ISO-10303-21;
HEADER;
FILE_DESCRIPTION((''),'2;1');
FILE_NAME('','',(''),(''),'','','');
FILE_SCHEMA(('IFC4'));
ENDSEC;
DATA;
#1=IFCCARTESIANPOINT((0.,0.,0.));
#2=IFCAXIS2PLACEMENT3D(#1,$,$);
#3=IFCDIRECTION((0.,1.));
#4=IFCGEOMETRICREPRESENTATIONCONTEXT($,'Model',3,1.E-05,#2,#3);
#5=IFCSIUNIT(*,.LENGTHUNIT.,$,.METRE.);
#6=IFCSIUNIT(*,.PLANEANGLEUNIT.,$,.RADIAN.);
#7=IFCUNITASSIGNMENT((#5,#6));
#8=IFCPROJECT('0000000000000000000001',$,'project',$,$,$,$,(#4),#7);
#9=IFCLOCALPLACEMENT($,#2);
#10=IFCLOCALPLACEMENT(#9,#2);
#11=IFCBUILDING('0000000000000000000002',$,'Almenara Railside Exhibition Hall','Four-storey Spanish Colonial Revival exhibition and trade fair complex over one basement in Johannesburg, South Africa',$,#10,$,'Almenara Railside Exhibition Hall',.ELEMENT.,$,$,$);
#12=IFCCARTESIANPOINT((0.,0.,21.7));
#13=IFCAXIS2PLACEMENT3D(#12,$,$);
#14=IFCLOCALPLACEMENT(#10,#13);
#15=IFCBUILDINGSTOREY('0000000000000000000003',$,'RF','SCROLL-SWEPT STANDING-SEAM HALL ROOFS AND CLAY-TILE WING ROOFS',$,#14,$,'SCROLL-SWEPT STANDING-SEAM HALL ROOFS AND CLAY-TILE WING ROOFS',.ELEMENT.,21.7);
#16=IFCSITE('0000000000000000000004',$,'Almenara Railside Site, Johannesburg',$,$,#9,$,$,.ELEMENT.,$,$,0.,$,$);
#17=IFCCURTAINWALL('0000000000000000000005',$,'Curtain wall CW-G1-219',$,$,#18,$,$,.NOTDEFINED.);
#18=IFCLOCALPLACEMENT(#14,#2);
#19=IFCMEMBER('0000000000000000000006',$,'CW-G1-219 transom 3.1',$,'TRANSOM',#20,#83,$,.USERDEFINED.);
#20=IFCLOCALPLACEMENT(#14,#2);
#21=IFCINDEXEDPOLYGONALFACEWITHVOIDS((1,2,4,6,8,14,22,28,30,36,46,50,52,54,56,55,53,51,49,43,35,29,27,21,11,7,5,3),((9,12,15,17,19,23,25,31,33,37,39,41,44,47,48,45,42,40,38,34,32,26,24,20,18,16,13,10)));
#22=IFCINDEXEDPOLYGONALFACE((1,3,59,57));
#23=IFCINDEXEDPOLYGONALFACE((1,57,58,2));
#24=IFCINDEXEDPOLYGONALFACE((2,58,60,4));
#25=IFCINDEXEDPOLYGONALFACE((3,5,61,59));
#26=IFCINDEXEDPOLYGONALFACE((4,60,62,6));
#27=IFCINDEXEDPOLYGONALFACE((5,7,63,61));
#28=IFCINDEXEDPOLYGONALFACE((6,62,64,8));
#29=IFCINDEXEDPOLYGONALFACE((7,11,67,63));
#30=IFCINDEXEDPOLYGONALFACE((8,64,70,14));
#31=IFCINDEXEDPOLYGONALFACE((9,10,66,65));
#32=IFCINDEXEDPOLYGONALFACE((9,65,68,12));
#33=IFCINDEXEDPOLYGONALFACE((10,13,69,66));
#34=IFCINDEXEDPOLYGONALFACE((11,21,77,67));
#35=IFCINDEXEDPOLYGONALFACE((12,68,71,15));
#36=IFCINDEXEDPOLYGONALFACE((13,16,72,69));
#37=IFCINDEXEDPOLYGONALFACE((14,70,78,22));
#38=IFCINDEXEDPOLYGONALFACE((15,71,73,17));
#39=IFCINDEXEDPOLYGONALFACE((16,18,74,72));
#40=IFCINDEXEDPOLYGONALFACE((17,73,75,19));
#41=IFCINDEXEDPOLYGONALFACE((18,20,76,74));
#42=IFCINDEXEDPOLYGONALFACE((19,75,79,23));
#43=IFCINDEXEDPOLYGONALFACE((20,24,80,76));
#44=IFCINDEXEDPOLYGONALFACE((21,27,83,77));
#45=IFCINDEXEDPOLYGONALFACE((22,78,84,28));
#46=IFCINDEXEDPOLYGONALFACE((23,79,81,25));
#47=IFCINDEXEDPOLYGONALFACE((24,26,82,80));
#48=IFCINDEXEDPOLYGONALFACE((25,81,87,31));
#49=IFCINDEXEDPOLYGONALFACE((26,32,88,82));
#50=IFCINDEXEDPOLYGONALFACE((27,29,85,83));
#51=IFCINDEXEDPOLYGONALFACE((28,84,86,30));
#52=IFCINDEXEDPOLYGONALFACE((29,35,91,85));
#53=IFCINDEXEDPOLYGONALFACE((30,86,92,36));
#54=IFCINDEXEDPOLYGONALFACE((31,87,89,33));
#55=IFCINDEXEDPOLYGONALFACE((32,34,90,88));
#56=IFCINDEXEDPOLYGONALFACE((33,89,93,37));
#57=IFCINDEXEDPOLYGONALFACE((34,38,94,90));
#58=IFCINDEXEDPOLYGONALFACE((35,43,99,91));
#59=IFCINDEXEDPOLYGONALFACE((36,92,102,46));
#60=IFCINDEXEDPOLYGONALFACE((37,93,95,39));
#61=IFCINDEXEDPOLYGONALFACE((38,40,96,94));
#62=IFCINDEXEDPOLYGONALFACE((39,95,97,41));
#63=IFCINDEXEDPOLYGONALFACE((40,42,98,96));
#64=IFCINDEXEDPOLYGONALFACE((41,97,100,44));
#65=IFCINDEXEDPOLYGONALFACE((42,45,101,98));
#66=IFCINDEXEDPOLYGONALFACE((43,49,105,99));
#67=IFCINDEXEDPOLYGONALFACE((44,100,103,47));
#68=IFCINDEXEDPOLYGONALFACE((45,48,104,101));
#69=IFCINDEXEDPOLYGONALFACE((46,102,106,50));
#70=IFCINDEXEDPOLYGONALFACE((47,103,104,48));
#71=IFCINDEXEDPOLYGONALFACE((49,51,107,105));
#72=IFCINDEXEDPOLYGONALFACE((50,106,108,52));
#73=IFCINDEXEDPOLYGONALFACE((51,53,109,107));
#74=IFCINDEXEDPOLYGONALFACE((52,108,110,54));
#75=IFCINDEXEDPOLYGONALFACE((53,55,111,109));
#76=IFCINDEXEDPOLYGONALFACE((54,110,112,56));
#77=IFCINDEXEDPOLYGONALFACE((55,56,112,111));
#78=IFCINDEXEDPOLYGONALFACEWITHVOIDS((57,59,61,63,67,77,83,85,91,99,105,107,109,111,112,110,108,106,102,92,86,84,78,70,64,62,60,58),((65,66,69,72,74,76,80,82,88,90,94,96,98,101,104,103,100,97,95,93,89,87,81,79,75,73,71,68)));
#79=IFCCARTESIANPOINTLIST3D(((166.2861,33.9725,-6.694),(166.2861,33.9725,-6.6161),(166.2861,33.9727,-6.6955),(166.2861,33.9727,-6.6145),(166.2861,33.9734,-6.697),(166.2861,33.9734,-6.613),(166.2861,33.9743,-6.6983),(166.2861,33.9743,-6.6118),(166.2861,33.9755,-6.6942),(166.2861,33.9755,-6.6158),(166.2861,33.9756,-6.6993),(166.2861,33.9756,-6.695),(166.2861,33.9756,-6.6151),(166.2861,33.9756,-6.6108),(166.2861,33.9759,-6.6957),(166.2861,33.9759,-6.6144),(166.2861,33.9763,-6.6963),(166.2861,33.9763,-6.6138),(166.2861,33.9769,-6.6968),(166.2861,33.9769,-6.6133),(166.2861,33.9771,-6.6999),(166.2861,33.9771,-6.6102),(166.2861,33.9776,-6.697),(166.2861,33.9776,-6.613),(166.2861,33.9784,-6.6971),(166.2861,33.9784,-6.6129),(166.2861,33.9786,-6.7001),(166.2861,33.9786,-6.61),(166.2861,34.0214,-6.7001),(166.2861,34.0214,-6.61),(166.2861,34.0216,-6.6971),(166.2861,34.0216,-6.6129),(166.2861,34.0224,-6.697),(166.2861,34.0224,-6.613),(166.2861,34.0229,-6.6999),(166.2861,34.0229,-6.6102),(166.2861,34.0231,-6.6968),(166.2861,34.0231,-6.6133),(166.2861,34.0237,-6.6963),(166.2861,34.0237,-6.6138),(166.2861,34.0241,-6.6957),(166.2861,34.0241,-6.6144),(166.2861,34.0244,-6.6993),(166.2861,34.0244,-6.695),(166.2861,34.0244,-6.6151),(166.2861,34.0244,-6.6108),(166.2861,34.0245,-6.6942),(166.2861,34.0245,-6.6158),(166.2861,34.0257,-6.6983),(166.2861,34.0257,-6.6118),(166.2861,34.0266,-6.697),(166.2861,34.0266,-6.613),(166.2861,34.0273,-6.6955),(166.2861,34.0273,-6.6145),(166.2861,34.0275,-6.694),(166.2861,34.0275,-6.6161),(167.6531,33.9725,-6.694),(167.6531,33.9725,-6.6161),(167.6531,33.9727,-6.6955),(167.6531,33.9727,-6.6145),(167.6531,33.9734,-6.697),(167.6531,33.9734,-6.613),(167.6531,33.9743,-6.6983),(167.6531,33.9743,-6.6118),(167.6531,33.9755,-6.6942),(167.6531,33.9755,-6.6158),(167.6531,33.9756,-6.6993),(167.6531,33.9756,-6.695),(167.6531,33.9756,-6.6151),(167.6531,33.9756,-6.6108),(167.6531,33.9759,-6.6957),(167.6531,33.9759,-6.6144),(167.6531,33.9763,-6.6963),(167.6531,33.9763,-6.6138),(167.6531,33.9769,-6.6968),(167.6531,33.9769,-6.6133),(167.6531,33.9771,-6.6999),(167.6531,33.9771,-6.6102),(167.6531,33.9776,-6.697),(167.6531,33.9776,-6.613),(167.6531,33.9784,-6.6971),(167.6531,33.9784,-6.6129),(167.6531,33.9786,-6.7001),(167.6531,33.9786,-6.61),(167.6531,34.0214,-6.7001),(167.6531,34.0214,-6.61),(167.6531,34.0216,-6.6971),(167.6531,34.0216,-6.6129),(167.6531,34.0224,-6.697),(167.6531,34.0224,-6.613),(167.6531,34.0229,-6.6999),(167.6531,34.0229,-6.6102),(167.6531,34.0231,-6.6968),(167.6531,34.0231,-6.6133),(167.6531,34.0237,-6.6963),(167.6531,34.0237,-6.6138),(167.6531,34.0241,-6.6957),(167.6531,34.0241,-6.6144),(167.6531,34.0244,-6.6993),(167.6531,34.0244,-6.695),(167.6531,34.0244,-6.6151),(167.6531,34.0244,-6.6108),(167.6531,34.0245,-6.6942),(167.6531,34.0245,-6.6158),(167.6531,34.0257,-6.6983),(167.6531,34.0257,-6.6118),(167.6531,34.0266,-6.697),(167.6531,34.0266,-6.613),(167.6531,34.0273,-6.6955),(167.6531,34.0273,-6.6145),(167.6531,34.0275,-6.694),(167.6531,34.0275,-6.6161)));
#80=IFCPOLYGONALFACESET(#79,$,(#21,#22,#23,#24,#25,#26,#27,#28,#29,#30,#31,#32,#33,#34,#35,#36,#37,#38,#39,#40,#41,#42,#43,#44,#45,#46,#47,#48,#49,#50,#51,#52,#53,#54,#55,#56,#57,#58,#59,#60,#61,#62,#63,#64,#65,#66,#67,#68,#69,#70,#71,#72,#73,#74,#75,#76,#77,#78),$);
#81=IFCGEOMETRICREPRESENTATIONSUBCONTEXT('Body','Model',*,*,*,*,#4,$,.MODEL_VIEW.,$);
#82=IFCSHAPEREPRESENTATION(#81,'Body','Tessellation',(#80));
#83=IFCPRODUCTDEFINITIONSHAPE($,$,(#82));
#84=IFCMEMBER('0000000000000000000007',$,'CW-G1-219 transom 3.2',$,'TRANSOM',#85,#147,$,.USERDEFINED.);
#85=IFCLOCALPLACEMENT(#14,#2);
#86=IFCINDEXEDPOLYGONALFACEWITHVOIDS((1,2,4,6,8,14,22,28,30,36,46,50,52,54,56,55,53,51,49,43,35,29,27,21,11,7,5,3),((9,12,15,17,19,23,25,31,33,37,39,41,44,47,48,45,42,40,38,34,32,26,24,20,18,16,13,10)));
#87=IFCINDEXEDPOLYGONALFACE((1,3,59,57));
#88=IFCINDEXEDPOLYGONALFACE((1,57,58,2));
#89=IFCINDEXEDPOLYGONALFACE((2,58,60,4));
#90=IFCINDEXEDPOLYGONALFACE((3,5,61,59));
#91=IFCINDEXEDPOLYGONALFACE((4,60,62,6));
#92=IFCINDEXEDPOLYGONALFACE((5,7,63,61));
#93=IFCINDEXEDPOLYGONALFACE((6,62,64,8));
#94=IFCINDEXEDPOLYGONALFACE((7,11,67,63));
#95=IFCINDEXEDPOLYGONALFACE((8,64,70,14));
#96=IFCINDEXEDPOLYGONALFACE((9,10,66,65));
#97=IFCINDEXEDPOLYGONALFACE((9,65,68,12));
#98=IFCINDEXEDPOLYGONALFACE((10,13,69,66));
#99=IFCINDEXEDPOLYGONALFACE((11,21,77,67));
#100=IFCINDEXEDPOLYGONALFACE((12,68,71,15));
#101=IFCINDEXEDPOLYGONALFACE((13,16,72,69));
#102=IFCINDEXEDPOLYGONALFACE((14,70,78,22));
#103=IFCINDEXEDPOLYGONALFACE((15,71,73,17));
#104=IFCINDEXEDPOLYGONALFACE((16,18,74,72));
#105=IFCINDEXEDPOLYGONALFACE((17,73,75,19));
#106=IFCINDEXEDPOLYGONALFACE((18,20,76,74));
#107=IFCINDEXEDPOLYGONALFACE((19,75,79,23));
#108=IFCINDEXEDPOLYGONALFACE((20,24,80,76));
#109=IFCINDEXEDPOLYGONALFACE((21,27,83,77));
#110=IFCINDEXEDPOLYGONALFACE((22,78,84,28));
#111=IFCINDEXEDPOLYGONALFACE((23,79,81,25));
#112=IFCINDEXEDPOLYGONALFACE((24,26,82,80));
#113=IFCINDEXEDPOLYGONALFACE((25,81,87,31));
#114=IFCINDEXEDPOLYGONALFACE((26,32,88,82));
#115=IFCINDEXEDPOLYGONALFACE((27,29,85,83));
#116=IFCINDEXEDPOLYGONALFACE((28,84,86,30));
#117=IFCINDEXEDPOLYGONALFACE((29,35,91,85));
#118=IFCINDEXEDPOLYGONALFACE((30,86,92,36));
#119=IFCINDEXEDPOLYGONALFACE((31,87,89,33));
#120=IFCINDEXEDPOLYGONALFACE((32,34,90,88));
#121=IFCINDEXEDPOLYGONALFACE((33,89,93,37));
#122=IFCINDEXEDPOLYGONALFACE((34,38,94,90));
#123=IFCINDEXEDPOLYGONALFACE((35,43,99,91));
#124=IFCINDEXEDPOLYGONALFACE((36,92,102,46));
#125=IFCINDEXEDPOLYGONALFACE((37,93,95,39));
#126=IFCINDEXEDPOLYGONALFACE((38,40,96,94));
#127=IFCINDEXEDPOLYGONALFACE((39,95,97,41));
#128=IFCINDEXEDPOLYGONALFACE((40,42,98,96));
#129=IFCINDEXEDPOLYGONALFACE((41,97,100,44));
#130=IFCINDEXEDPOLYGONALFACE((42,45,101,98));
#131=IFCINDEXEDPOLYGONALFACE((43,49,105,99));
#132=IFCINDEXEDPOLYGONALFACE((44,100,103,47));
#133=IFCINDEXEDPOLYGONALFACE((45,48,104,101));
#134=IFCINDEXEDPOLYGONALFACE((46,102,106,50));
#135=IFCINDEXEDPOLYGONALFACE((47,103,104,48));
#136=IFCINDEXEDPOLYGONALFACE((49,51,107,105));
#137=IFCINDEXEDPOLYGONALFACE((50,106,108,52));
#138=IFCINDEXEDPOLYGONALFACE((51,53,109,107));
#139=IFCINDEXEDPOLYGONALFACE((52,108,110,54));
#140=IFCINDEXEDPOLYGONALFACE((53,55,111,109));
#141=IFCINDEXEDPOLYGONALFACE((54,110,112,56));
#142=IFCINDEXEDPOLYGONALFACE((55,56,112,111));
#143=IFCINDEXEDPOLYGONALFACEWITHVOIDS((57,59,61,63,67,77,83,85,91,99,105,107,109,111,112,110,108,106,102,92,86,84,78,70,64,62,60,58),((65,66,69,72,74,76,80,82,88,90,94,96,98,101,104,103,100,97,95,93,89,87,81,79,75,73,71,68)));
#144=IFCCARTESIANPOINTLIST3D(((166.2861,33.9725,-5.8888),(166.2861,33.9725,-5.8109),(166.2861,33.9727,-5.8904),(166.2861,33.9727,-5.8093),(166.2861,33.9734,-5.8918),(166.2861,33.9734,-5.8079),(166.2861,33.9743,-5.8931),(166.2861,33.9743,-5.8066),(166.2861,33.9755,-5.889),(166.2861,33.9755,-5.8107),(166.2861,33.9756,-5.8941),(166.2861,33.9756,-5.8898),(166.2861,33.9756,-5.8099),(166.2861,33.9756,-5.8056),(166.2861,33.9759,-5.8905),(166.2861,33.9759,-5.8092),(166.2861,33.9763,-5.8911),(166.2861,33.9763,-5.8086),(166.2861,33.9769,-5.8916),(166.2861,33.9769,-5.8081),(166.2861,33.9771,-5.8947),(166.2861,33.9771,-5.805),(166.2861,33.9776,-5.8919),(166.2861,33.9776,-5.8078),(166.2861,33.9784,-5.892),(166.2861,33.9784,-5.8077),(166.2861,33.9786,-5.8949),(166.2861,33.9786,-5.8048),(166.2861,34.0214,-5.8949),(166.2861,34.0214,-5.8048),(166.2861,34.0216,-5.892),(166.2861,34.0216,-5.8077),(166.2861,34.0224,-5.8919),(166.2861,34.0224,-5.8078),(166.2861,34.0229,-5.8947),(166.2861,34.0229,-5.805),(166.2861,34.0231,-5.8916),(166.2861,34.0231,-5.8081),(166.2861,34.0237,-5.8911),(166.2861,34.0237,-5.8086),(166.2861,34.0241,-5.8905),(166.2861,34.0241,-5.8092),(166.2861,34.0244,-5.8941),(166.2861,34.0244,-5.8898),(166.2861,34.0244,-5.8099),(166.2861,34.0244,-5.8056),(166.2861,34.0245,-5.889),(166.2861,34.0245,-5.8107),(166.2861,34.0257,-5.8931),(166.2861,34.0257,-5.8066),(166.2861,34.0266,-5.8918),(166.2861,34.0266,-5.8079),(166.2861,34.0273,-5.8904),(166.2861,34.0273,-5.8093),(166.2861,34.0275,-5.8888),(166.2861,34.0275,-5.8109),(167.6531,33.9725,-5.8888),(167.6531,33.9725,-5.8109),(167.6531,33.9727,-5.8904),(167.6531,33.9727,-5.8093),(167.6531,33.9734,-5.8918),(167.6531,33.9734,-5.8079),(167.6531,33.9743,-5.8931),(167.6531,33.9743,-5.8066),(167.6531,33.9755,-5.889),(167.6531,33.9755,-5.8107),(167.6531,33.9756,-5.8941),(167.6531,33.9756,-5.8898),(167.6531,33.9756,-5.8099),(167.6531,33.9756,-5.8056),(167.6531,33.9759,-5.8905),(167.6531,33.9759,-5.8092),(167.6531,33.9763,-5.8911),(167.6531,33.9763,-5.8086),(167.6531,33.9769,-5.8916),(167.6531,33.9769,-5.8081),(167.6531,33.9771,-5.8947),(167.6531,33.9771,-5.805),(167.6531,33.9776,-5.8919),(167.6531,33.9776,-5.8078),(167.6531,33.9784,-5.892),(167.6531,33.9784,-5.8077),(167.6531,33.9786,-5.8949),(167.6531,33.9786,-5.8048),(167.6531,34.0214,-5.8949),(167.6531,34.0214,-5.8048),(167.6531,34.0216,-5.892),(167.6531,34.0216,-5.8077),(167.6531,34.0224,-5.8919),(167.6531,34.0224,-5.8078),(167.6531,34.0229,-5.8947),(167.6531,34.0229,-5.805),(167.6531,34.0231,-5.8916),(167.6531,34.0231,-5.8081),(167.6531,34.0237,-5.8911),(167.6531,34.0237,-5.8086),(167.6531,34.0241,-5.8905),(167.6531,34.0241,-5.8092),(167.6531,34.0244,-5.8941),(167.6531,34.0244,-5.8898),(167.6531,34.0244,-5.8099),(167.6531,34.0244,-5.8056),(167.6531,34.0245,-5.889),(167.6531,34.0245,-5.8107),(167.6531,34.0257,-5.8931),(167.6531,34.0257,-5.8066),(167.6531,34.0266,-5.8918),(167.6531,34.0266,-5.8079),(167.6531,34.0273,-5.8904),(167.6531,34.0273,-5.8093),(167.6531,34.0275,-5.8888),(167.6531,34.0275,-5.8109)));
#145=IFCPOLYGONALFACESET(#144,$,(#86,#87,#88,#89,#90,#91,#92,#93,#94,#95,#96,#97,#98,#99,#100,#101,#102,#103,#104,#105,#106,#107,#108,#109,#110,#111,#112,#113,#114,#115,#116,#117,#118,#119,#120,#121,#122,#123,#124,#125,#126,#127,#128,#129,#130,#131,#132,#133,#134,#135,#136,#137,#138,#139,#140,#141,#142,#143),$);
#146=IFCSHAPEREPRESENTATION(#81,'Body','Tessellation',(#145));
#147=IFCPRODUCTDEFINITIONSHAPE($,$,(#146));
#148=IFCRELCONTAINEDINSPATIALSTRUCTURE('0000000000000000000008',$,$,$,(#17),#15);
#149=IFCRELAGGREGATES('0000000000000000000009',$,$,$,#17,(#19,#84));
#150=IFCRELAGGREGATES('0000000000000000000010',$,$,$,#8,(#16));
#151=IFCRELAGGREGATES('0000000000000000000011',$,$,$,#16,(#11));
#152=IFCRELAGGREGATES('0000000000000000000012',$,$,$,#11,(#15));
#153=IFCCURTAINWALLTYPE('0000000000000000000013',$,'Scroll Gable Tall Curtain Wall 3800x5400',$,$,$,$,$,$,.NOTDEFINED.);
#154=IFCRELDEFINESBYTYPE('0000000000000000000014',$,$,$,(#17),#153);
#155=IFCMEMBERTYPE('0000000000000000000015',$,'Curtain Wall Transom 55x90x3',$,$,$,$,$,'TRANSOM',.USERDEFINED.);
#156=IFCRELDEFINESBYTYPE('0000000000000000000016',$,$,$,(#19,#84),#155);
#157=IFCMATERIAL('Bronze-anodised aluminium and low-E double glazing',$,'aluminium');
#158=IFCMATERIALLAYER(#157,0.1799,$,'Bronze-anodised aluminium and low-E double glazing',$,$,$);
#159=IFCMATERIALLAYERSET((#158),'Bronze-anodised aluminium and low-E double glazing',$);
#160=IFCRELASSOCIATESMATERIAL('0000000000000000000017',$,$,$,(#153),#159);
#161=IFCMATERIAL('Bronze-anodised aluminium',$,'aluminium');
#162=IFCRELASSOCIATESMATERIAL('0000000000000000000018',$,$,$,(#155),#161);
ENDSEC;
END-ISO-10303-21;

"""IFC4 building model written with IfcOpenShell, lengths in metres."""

from ifc_helpers import new_model, si_unit, direction, frame, origin, origin_2d, place, context, subcontext, project, spatial, hollow_rectangle, extrude, material, layer, layer_set, material_profile, profile_set, type_object, element, aggregate, save


model = new_model("IFC4")

# Units and contexts
model_context = context("Model", 3, precision=1e-05, world=origin(), true_north=direction((0.0, 1.0)))
body_context = subcontext(model_context, "Body", "Model", "MODEL_VIEW")
ifc_project = project(units=[si_unit("LENGTHUNIT", "METRE"), si_unit("PLANEANGLEUNIT", "RADIAN")], contexts=[model_context])

# Site, building, storey
site_placement = place(None, origin())
site = spatial("IfcSite", under=ifc_project, at=site_placement, Name="Almenara Railside Site, Johannesburg", CompositionType="ELEMENT", RefElevation=0.0)
building_placement = place(site_placement, origin())
building = spatial("IfcBuilding", under=site, at=building_placement, Name="Almenara Railside Exhibition Hall", Description="Four-storey Spanish Colonial Revival exhibition and trade fair complex over one basement in Johannesburg, South Africa", LongName="Almenara Railside Exhibition Hall", CompositionType="ELEMENT")
storey_placement = place(building_placement, frame((0.0, 0.0, 21.7)))
storey = spatial("IfcBuildingStorey", under=building, at=storey_placement, Name="RF", Description="SCROLL-SWEPT STANDING-SEAM HALL ROOFS AND CLAY-TILE WING ROOFS", LongName="SCROLL-SWEPT STANDING-SEAM HALL ROOFS AND CLAY-TILE WING ROOFS", CompositionType="ELEMENT", Elevation=21.7)

# Curtain wall
ifc_material_1 = material(Name="Bronze-anodised aluminium and low-E double glazing", Category="aluminium")
ifc_layer_1 = layer(ifc_material_1, 0.1799, Name="Bronze-anodised aluminium and low-E double glazing")
ifc_layer_set_1 = layer_set([ifc_layer_1], Name="Bronze-anodised aluminium and low-E double glazing")
curtain_wall_type = type_object("IfcCurtainWallType", Name="Scroll Gable Tall Curtain Wall 3800x5400", PredefinedType="NOTDEFINED", material=ifc_layer_set_1)
curtain_wall_1_placement = place(storey_placement, origin())
curtain_wall_1 = element("IfcCurtainWall", 1, at=curtain_wall_1_placement, inside=storey, type_object=curtain_wall_type, Name="Curtain wall CW-G1-219", PredefinedType="NOTDEFINED")
ifc_material_2 = material(Name="Bronze-anodised aluminium", Category="aluminium")

# Members
ifc_material_profile_1 = material_profile(ifc_material_2, hollow_rectangle(XDim=0.0549, YDim=0.0901, WallThickness=0.0029, InnerFilletRadius=0.0029, OuterFilletRadius=0.0061, at=origin_2d()), Name="ALU-TRN 55x90x3")
ifc_profile_set_1 = profile_set([ifc_material_profile_1], Name="Bronze-anodised aluminium")
member_type_1 = type_object("IfcMemberType", Name="Curtain Wall Transom 55x90x3", ElementType="TRANSOM", PredefinedType="USERDEFINED", material=ifc_profile_set_1)
member_1_placement = place(storey_placement, frame((166.2861, 34.0, -6.655), z_axis=(1.0, 0.0, 0.0), x_axis=(0.0, 1.0, 0.0)))
member_1 = element("IfcMember", 2, at=member_1_placement, type_object=member_type_1, Name="CW-G1-219 transom 3.1", ObjectType="TRANSOM", PredefinedType="USERDEFINED", context=body_context, shape_type="SweptSolid", body=[
    extrude(hollow_rectangle(XDim=0.0549, YDim=0.0901, WallThickness=0.0029, InnerFilletRadius=0.0029, OuterFilletRadius=0.0061, at=origin_2d()), origin(), (0.0, 0.0, 1.0), 1.3669),
])
member_2_placement = place(storey_placement, frame((166.2861, 34.0, -5.8499), z_axis=(1.0, 0.0, 0.0), x_axis=(0.0, 1.0, 0.0)))
member_2 = element("IfcMember", 3, at=member_2_placement, type_object=member_type_1, Name="CW-G1-219 transom 3.2", ObjectType="TRANSOM", PredefinedType="USERDEFINED", context=body_context, shape_type="SweptSolid", body=[
    extrude(hollow_rectangle(XDim=0.0549, YDim=0.0901, WallThickness=0.0029, InnerFilletRadius=0.0029, OuterFilletRadius=0.0061, at=origin_2d()), origin(), (0.0, 0.0, 1.0), 1.3669),
])

aggregate(curtain_wall_1, [member_1, member_2])

save(model, "model.ifc")
